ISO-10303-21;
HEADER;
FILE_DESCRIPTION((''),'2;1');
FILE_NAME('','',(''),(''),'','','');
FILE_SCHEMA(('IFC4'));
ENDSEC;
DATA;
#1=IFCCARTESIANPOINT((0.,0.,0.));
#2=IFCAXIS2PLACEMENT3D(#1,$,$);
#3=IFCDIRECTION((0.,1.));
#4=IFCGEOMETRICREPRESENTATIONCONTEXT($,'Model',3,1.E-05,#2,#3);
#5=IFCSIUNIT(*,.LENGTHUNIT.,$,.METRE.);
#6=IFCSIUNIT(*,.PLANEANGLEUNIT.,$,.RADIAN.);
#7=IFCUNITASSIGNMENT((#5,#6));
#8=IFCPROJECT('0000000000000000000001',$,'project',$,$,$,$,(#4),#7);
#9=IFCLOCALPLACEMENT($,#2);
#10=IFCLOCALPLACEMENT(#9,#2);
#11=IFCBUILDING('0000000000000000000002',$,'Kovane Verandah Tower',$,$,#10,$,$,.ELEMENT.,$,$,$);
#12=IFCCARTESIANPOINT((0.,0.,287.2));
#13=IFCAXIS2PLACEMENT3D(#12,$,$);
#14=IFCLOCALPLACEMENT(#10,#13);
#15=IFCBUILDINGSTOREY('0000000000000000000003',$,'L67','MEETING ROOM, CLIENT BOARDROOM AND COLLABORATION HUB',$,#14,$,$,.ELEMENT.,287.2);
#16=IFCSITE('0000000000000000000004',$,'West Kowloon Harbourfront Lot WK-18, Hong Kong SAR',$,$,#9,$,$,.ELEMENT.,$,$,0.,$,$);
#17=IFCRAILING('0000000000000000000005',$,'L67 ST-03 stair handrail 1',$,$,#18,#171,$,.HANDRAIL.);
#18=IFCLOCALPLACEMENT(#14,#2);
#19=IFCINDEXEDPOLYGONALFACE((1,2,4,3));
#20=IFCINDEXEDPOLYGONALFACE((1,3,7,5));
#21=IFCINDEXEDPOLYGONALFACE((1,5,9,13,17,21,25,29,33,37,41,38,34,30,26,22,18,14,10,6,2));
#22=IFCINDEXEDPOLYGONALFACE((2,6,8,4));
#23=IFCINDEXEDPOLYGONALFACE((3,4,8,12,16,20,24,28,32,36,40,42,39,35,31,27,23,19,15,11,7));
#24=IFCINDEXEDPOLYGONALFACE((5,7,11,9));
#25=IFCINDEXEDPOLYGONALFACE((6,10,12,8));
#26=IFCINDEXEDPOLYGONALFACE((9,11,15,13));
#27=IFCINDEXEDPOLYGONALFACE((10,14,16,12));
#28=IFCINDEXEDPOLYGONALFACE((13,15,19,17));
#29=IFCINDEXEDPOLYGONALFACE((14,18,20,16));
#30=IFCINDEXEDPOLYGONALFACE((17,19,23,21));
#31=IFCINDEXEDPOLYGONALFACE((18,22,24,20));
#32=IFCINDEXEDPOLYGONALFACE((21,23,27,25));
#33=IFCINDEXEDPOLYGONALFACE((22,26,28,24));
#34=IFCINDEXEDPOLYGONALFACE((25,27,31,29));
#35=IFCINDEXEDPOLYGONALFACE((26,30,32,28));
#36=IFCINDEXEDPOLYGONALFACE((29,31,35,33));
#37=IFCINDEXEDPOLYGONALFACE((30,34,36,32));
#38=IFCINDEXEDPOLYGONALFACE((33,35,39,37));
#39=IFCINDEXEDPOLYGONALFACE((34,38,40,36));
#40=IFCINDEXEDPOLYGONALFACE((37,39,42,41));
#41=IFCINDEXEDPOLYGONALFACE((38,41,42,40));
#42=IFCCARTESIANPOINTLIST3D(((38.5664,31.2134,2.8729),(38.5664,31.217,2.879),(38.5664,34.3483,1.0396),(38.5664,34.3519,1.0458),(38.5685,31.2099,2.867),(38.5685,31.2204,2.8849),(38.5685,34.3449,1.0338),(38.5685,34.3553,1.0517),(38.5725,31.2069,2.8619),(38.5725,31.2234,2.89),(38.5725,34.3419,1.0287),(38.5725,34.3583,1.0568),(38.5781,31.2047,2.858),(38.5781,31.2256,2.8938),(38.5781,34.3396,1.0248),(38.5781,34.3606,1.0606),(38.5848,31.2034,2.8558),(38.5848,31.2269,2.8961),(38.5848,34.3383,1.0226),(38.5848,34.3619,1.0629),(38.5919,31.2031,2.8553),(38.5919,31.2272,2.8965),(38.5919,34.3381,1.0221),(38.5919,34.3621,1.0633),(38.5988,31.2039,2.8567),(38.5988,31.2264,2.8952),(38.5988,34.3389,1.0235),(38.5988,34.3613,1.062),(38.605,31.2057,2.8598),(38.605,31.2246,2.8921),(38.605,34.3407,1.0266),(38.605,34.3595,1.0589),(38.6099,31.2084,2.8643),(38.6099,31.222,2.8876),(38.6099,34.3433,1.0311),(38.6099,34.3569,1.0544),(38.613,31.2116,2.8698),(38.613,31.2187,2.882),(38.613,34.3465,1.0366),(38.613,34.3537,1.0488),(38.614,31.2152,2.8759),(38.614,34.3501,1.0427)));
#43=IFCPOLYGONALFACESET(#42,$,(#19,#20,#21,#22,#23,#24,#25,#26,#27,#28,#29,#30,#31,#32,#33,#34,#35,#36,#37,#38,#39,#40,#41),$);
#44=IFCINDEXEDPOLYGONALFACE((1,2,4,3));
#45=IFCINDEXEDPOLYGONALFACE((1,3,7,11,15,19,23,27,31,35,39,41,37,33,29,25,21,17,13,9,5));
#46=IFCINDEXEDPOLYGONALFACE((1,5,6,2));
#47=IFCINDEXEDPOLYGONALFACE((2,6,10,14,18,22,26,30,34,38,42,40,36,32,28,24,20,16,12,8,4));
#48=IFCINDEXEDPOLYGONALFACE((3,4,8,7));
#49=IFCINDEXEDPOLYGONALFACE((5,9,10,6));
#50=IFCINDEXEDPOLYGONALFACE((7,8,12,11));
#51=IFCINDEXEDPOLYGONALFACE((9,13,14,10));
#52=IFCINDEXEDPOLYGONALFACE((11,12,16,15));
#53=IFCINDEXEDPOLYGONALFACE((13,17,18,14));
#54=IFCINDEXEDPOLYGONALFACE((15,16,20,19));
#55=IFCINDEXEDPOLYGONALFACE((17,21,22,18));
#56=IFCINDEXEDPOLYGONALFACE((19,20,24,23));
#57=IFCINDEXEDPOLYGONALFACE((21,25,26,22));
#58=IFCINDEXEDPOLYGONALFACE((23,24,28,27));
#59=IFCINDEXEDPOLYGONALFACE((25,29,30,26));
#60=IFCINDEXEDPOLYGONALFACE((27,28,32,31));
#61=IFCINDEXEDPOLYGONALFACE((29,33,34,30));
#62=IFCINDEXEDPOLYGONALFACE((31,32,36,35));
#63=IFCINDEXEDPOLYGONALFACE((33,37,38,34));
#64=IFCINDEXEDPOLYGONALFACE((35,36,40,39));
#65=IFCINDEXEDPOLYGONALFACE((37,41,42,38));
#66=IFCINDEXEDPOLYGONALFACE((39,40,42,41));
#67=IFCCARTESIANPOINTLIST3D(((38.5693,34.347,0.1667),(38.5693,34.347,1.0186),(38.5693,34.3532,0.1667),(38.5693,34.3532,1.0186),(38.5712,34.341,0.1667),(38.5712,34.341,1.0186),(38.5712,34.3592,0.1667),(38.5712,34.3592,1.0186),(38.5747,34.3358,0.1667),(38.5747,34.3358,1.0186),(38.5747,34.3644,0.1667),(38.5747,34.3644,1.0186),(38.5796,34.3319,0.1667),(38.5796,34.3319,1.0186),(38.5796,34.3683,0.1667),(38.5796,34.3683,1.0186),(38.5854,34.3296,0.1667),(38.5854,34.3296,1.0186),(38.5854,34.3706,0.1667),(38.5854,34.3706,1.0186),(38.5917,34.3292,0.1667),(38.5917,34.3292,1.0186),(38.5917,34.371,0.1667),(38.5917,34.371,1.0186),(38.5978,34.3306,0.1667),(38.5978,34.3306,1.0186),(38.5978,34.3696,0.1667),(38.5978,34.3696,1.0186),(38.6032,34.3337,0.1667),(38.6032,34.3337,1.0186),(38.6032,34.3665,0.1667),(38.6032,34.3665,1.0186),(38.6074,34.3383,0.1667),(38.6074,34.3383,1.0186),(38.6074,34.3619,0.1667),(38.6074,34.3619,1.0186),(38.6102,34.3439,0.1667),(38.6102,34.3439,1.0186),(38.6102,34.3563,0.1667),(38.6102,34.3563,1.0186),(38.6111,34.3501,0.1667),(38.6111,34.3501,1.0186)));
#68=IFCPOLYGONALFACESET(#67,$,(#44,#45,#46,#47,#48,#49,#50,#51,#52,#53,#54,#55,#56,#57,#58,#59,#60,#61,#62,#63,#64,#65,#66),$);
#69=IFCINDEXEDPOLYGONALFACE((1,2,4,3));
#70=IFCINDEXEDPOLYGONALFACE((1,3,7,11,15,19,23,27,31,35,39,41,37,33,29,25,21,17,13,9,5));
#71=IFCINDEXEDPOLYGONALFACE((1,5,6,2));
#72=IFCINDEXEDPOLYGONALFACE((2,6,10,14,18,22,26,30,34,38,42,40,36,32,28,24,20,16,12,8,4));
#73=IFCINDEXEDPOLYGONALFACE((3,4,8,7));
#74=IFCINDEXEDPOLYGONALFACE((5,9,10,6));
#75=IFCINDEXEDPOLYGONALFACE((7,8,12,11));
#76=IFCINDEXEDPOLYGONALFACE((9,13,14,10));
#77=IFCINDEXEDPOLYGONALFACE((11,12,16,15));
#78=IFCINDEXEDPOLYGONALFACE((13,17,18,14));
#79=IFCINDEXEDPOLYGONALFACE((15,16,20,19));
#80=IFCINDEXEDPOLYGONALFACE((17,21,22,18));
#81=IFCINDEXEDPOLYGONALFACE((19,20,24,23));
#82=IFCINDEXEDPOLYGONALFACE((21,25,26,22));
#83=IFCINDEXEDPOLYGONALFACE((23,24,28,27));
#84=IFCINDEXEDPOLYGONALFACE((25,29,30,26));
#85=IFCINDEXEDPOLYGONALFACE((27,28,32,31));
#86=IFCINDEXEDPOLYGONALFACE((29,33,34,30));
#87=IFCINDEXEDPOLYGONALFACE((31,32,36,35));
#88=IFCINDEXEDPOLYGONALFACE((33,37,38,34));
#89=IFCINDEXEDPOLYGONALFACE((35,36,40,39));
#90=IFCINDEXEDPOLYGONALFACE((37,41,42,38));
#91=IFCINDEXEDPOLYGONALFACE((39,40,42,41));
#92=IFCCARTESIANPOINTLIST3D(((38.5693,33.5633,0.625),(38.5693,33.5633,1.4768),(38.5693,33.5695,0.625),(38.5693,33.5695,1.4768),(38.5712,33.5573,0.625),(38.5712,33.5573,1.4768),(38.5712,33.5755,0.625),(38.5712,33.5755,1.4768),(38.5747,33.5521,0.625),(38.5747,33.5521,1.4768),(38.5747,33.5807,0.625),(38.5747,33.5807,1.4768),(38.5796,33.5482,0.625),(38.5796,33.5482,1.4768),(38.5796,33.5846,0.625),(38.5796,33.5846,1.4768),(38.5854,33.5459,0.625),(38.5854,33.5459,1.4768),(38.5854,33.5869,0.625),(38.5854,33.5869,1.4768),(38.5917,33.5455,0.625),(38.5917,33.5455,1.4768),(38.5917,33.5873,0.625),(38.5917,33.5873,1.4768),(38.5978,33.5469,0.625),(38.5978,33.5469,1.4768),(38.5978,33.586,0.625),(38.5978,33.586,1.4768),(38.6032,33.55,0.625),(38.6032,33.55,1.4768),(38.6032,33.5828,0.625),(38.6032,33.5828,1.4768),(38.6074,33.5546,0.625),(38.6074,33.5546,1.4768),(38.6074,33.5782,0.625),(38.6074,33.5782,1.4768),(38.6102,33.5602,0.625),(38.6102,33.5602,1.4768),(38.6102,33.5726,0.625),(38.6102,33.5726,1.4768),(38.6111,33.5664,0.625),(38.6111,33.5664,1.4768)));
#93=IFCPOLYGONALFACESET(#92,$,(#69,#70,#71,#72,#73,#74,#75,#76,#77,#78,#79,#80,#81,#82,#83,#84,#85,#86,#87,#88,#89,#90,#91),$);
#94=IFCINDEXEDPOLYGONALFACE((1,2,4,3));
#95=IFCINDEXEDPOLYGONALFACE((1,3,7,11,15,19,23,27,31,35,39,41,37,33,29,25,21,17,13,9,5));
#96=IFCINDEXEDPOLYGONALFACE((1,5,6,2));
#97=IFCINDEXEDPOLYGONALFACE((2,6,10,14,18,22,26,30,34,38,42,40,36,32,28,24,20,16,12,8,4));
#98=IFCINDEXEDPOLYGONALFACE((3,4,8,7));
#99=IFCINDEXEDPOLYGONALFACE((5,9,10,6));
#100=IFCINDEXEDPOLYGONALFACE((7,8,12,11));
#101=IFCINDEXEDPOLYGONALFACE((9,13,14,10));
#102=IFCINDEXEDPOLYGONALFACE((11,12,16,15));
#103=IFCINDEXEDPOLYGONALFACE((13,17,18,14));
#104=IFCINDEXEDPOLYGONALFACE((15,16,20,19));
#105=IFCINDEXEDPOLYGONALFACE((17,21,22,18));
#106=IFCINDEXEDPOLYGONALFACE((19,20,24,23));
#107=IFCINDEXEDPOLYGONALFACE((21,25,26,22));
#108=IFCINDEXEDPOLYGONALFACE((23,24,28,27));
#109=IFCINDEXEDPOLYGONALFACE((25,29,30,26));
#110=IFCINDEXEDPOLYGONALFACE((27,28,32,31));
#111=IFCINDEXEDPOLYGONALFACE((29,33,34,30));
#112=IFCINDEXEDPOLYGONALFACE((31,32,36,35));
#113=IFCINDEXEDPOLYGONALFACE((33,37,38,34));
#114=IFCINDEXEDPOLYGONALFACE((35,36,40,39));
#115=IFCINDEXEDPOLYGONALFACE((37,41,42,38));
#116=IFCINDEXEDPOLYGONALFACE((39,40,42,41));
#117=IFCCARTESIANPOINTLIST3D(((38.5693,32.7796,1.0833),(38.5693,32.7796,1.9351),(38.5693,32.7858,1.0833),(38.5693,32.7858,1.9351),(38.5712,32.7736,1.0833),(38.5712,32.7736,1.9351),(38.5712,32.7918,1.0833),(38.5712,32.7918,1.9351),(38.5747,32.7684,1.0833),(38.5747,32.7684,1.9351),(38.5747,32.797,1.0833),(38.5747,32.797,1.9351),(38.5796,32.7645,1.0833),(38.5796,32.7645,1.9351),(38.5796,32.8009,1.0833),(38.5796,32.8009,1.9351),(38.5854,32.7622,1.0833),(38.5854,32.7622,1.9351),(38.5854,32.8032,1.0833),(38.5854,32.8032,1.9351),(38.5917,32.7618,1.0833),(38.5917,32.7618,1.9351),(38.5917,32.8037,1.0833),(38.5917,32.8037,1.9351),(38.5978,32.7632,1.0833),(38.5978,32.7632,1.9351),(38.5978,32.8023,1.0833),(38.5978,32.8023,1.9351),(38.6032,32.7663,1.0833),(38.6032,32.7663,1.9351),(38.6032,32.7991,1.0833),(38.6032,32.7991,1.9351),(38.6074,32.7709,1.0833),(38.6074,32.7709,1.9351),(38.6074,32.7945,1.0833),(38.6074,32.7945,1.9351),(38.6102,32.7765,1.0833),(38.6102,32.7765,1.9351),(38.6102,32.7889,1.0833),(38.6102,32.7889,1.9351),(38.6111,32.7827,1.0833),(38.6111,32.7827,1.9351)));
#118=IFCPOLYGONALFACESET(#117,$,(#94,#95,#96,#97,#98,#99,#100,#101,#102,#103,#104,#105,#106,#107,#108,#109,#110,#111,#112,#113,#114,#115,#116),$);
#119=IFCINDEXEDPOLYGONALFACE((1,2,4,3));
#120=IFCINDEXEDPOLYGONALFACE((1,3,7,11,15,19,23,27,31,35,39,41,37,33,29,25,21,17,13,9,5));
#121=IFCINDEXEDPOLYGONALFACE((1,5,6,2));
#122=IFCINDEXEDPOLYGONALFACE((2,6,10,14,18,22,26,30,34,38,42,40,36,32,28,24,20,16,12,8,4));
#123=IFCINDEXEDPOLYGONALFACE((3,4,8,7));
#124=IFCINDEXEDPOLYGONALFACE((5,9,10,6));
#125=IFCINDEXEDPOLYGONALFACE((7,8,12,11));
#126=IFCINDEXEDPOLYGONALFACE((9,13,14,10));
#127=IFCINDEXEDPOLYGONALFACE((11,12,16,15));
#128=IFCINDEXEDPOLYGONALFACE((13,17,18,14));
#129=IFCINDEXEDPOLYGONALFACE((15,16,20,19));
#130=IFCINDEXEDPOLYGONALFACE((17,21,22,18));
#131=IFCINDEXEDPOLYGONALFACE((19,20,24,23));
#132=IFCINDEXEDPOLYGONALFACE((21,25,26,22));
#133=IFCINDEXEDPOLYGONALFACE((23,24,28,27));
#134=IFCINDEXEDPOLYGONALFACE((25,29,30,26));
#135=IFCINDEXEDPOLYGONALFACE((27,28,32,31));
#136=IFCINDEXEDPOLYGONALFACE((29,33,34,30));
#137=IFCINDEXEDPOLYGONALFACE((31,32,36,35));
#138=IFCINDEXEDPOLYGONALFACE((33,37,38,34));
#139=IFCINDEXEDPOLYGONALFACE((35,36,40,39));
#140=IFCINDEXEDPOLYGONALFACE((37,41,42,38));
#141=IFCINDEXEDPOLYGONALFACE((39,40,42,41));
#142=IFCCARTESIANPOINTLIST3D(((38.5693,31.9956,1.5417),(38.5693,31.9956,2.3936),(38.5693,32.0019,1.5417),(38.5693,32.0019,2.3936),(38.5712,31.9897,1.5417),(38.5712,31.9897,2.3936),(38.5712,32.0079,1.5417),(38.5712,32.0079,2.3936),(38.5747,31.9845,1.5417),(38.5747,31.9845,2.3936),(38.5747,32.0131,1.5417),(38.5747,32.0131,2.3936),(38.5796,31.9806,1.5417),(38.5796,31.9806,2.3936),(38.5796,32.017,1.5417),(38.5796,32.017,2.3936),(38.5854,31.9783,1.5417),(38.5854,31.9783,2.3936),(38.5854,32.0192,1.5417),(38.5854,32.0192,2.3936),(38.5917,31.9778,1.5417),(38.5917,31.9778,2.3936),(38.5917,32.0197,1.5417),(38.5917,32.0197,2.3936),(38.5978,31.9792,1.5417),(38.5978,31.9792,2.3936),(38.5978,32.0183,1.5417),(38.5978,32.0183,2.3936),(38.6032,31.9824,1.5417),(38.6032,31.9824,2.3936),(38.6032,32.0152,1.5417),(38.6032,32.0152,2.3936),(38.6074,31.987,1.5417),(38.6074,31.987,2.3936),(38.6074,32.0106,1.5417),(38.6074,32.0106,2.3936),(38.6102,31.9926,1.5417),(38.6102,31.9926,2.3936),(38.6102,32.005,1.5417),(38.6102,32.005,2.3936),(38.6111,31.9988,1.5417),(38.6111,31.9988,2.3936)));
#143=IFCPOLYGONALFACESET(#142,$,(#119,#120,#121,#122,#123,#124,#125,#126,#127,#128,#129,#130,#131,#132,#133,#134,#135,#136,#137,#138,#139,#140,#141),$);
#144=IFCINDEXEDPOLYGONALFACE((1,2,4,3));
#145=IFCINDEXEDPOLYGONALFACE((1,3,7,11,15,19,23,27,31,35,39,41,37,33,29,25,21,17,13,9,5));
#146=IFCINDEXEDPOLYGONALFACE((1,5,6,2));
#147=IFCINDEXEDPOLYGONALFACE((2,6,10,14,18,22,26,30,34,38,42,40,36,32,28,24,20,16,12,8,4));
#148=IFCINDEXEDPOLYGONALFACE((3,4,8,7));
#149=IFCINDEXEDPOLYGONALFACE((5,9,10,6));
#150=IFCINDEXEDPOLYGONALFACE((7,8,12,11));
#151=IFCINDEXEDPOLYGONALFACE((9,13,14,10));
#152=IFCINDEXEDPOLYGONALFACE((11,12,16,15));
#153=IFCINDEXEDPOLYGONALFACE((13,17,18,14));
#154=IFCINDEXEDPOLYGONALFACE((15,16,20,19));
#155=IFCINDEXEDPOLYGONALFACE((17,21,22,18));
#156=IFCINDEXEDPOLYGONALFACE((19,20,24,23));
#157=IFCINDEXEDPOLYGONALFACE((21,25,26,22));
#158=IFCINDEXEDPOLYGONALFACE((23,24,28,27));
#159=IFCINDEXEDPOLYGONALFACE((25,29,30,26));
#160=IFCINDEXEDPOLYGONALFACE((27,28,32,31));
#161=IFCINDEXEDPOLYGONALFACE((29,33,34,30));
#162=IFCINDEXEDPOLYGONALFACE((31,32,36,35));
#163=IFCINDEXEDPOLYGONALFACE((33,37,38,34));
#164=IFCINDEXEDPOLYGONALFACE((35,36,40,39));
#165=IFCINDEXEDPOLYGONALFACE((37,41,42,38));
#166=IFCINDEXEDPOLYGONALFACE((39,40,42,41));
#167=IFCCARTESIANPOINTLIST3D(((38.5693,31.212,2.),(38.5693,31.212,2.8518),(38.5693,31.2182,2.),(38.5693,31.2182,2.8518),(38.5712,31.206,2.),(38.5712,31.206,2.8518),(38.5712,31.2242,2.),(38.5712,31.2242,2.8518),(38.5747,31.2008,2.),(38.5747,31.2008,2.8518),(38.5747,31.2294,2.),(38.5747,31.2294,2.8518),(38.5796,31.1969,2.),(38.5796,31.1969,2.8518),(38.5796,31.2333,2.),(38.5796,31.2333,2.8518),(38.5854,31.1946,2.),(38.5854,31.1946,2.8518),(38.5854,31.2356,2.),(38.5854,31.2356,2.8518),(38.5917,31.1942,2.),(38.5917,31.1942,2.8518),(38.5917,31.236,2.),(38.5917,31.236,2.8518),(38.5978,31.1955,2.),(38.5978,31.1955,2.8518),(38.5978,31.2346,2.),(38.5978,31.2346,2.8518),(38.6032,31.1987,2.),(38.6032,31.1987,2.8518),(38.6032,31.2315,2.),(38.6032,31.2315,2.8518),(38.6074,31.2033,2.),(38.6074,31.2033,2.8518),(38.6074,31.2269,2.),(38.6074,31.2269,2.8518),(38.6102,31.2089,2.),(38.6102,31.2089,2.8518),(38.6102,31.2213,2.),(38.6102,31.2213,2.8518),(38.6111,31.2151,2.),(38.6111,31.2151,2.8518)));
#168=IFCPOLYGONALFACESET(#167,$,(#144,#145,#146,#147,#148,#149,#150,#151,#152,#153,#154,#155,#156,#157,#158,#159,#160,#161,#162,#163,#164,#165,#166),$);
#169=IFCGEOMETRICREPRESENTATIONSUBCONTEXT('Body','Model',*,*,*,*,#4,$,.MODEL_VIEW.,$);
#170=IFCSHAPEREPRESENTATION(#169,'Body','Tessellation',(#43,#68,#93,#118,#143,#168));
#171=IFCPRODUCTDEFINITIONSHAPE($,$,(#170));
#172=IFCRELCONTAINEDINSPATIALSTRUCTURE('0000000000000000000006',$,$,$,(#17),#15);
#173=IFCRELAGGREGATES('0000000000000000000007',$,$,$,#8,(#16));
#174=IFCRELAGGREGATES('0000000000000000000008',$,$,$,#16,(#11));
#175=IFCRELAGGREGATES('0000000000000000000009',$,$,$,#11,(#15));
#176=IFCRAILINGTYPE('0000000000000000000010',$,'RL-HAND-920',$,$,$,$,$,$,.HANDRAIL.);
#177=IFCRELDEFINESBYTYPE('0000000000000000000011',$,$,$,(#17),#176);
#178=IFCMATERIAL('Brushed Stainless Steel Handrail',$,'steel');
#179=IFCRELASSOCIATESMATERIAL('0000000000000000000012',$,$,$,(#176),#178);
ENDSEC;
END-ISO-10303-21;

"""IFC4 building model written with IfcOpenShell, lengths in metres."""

from ifc_helpers import new_model, si_unit, direction, frame, origin, origin_2d, place, context, subcontext, project, spatial, circle, extrude, material, type_object, element, save


model = new_model("IFC4")

# Units and contexts
model_context = context("Model", 3, precision=1e-05, world=origin(), true_north=direction((0.0, 1.0)))
body_context = subcontext(model_context, "Body", "Model", "MODEL_VIEW")
ifc_project = project(units=[si_unit("LENGTHUNIT", "METRE"), si_unit("PLANEANGLEUNIT", "RADIAN")], contexts=[model_context])

# Site, building, storey
site_placement = place(None, origin())
site = spatial("IfcSite", under=ifc_project, at=site_placement, Name="West Kowloon Harbourfront Lot WK-18, Hong Kong SAR", CompositionType="ELEMENT", RefElevation=0.0)
building_placement = place(site_placement, origin())
building = spatial("IfcBuilding", under=site, at=building_placement, Name="Kovane Verandah Tower", CompositionType="ELEMENT")
storey_placement = place(building_placement, frame((0.0, 0.0, 287.2)))
storey = spatial("IfcBuildingStorey", under=building, at=storey_placement, Name="L67", Description="MEETING ROOM, CLIENT BOARDROOM AND COLLABORATION HUB", CompositionType="ELEMENT", Elevation=287.2)

# Railing
ifc_material_1 = material(Name="Brushed Stainless Steel Handrail", Category="steel")
railing_type_1 = type_object("IfcRailingType", Name="RL-HAND-920", PredefinedType="HANDRAIL", material=ifc_material_1)
railing_1_placement = place(storey_placement, frame((38.5901, 34.3501, 0.1667)))
element("IfcRailing", 1, at=railing_1_placement, inside=storey, type_object=railing_type_1, Name="L67 ST-03 stair handrail 1", PredefinedType="HANDRAIL", context=body_context, shape_type="SweptSolid", body=[
    extrude(circle(Radius=0.0239, at=origin_2d()), frame((0.0, 0.0, 0.876), z_axis=(0.0, -0.86324, 0.504794), x_axis=(1.0, 0.0, 0.0)), (0.0, 0.0, 1.0), 3.6316),
    extrude(circle(Radius=0.021, at=origin_2d()), origin(), (0.0, 0.0, 1.0), 0.8518),
    extrude(circle(Radius=0.021, at=origin_2d()), frame((0.0, -0.7837, 0.4583)), (0.0, 0.0, 1.0), 0.8518),
    extrude(circle(Radius=0.021, at=origin_2d()), frame((0.0, -1.5674, 0.9165)), (0.0, 0.0, 1.0), 0.8518),
    extrude(circle(Radius=0.021, at=origin_2d()), frame((0.0, -2.3513, 1.375)), (0.0, 0.0, 1.0), 0.8518),
    extrude(circle(Radius=0.021, at=origin_2d()), frame((0.0, -3.135, 1.8333)), (0.0, 0.0, 1.0), 0.8518),
])

save(model, "model.ifc")
